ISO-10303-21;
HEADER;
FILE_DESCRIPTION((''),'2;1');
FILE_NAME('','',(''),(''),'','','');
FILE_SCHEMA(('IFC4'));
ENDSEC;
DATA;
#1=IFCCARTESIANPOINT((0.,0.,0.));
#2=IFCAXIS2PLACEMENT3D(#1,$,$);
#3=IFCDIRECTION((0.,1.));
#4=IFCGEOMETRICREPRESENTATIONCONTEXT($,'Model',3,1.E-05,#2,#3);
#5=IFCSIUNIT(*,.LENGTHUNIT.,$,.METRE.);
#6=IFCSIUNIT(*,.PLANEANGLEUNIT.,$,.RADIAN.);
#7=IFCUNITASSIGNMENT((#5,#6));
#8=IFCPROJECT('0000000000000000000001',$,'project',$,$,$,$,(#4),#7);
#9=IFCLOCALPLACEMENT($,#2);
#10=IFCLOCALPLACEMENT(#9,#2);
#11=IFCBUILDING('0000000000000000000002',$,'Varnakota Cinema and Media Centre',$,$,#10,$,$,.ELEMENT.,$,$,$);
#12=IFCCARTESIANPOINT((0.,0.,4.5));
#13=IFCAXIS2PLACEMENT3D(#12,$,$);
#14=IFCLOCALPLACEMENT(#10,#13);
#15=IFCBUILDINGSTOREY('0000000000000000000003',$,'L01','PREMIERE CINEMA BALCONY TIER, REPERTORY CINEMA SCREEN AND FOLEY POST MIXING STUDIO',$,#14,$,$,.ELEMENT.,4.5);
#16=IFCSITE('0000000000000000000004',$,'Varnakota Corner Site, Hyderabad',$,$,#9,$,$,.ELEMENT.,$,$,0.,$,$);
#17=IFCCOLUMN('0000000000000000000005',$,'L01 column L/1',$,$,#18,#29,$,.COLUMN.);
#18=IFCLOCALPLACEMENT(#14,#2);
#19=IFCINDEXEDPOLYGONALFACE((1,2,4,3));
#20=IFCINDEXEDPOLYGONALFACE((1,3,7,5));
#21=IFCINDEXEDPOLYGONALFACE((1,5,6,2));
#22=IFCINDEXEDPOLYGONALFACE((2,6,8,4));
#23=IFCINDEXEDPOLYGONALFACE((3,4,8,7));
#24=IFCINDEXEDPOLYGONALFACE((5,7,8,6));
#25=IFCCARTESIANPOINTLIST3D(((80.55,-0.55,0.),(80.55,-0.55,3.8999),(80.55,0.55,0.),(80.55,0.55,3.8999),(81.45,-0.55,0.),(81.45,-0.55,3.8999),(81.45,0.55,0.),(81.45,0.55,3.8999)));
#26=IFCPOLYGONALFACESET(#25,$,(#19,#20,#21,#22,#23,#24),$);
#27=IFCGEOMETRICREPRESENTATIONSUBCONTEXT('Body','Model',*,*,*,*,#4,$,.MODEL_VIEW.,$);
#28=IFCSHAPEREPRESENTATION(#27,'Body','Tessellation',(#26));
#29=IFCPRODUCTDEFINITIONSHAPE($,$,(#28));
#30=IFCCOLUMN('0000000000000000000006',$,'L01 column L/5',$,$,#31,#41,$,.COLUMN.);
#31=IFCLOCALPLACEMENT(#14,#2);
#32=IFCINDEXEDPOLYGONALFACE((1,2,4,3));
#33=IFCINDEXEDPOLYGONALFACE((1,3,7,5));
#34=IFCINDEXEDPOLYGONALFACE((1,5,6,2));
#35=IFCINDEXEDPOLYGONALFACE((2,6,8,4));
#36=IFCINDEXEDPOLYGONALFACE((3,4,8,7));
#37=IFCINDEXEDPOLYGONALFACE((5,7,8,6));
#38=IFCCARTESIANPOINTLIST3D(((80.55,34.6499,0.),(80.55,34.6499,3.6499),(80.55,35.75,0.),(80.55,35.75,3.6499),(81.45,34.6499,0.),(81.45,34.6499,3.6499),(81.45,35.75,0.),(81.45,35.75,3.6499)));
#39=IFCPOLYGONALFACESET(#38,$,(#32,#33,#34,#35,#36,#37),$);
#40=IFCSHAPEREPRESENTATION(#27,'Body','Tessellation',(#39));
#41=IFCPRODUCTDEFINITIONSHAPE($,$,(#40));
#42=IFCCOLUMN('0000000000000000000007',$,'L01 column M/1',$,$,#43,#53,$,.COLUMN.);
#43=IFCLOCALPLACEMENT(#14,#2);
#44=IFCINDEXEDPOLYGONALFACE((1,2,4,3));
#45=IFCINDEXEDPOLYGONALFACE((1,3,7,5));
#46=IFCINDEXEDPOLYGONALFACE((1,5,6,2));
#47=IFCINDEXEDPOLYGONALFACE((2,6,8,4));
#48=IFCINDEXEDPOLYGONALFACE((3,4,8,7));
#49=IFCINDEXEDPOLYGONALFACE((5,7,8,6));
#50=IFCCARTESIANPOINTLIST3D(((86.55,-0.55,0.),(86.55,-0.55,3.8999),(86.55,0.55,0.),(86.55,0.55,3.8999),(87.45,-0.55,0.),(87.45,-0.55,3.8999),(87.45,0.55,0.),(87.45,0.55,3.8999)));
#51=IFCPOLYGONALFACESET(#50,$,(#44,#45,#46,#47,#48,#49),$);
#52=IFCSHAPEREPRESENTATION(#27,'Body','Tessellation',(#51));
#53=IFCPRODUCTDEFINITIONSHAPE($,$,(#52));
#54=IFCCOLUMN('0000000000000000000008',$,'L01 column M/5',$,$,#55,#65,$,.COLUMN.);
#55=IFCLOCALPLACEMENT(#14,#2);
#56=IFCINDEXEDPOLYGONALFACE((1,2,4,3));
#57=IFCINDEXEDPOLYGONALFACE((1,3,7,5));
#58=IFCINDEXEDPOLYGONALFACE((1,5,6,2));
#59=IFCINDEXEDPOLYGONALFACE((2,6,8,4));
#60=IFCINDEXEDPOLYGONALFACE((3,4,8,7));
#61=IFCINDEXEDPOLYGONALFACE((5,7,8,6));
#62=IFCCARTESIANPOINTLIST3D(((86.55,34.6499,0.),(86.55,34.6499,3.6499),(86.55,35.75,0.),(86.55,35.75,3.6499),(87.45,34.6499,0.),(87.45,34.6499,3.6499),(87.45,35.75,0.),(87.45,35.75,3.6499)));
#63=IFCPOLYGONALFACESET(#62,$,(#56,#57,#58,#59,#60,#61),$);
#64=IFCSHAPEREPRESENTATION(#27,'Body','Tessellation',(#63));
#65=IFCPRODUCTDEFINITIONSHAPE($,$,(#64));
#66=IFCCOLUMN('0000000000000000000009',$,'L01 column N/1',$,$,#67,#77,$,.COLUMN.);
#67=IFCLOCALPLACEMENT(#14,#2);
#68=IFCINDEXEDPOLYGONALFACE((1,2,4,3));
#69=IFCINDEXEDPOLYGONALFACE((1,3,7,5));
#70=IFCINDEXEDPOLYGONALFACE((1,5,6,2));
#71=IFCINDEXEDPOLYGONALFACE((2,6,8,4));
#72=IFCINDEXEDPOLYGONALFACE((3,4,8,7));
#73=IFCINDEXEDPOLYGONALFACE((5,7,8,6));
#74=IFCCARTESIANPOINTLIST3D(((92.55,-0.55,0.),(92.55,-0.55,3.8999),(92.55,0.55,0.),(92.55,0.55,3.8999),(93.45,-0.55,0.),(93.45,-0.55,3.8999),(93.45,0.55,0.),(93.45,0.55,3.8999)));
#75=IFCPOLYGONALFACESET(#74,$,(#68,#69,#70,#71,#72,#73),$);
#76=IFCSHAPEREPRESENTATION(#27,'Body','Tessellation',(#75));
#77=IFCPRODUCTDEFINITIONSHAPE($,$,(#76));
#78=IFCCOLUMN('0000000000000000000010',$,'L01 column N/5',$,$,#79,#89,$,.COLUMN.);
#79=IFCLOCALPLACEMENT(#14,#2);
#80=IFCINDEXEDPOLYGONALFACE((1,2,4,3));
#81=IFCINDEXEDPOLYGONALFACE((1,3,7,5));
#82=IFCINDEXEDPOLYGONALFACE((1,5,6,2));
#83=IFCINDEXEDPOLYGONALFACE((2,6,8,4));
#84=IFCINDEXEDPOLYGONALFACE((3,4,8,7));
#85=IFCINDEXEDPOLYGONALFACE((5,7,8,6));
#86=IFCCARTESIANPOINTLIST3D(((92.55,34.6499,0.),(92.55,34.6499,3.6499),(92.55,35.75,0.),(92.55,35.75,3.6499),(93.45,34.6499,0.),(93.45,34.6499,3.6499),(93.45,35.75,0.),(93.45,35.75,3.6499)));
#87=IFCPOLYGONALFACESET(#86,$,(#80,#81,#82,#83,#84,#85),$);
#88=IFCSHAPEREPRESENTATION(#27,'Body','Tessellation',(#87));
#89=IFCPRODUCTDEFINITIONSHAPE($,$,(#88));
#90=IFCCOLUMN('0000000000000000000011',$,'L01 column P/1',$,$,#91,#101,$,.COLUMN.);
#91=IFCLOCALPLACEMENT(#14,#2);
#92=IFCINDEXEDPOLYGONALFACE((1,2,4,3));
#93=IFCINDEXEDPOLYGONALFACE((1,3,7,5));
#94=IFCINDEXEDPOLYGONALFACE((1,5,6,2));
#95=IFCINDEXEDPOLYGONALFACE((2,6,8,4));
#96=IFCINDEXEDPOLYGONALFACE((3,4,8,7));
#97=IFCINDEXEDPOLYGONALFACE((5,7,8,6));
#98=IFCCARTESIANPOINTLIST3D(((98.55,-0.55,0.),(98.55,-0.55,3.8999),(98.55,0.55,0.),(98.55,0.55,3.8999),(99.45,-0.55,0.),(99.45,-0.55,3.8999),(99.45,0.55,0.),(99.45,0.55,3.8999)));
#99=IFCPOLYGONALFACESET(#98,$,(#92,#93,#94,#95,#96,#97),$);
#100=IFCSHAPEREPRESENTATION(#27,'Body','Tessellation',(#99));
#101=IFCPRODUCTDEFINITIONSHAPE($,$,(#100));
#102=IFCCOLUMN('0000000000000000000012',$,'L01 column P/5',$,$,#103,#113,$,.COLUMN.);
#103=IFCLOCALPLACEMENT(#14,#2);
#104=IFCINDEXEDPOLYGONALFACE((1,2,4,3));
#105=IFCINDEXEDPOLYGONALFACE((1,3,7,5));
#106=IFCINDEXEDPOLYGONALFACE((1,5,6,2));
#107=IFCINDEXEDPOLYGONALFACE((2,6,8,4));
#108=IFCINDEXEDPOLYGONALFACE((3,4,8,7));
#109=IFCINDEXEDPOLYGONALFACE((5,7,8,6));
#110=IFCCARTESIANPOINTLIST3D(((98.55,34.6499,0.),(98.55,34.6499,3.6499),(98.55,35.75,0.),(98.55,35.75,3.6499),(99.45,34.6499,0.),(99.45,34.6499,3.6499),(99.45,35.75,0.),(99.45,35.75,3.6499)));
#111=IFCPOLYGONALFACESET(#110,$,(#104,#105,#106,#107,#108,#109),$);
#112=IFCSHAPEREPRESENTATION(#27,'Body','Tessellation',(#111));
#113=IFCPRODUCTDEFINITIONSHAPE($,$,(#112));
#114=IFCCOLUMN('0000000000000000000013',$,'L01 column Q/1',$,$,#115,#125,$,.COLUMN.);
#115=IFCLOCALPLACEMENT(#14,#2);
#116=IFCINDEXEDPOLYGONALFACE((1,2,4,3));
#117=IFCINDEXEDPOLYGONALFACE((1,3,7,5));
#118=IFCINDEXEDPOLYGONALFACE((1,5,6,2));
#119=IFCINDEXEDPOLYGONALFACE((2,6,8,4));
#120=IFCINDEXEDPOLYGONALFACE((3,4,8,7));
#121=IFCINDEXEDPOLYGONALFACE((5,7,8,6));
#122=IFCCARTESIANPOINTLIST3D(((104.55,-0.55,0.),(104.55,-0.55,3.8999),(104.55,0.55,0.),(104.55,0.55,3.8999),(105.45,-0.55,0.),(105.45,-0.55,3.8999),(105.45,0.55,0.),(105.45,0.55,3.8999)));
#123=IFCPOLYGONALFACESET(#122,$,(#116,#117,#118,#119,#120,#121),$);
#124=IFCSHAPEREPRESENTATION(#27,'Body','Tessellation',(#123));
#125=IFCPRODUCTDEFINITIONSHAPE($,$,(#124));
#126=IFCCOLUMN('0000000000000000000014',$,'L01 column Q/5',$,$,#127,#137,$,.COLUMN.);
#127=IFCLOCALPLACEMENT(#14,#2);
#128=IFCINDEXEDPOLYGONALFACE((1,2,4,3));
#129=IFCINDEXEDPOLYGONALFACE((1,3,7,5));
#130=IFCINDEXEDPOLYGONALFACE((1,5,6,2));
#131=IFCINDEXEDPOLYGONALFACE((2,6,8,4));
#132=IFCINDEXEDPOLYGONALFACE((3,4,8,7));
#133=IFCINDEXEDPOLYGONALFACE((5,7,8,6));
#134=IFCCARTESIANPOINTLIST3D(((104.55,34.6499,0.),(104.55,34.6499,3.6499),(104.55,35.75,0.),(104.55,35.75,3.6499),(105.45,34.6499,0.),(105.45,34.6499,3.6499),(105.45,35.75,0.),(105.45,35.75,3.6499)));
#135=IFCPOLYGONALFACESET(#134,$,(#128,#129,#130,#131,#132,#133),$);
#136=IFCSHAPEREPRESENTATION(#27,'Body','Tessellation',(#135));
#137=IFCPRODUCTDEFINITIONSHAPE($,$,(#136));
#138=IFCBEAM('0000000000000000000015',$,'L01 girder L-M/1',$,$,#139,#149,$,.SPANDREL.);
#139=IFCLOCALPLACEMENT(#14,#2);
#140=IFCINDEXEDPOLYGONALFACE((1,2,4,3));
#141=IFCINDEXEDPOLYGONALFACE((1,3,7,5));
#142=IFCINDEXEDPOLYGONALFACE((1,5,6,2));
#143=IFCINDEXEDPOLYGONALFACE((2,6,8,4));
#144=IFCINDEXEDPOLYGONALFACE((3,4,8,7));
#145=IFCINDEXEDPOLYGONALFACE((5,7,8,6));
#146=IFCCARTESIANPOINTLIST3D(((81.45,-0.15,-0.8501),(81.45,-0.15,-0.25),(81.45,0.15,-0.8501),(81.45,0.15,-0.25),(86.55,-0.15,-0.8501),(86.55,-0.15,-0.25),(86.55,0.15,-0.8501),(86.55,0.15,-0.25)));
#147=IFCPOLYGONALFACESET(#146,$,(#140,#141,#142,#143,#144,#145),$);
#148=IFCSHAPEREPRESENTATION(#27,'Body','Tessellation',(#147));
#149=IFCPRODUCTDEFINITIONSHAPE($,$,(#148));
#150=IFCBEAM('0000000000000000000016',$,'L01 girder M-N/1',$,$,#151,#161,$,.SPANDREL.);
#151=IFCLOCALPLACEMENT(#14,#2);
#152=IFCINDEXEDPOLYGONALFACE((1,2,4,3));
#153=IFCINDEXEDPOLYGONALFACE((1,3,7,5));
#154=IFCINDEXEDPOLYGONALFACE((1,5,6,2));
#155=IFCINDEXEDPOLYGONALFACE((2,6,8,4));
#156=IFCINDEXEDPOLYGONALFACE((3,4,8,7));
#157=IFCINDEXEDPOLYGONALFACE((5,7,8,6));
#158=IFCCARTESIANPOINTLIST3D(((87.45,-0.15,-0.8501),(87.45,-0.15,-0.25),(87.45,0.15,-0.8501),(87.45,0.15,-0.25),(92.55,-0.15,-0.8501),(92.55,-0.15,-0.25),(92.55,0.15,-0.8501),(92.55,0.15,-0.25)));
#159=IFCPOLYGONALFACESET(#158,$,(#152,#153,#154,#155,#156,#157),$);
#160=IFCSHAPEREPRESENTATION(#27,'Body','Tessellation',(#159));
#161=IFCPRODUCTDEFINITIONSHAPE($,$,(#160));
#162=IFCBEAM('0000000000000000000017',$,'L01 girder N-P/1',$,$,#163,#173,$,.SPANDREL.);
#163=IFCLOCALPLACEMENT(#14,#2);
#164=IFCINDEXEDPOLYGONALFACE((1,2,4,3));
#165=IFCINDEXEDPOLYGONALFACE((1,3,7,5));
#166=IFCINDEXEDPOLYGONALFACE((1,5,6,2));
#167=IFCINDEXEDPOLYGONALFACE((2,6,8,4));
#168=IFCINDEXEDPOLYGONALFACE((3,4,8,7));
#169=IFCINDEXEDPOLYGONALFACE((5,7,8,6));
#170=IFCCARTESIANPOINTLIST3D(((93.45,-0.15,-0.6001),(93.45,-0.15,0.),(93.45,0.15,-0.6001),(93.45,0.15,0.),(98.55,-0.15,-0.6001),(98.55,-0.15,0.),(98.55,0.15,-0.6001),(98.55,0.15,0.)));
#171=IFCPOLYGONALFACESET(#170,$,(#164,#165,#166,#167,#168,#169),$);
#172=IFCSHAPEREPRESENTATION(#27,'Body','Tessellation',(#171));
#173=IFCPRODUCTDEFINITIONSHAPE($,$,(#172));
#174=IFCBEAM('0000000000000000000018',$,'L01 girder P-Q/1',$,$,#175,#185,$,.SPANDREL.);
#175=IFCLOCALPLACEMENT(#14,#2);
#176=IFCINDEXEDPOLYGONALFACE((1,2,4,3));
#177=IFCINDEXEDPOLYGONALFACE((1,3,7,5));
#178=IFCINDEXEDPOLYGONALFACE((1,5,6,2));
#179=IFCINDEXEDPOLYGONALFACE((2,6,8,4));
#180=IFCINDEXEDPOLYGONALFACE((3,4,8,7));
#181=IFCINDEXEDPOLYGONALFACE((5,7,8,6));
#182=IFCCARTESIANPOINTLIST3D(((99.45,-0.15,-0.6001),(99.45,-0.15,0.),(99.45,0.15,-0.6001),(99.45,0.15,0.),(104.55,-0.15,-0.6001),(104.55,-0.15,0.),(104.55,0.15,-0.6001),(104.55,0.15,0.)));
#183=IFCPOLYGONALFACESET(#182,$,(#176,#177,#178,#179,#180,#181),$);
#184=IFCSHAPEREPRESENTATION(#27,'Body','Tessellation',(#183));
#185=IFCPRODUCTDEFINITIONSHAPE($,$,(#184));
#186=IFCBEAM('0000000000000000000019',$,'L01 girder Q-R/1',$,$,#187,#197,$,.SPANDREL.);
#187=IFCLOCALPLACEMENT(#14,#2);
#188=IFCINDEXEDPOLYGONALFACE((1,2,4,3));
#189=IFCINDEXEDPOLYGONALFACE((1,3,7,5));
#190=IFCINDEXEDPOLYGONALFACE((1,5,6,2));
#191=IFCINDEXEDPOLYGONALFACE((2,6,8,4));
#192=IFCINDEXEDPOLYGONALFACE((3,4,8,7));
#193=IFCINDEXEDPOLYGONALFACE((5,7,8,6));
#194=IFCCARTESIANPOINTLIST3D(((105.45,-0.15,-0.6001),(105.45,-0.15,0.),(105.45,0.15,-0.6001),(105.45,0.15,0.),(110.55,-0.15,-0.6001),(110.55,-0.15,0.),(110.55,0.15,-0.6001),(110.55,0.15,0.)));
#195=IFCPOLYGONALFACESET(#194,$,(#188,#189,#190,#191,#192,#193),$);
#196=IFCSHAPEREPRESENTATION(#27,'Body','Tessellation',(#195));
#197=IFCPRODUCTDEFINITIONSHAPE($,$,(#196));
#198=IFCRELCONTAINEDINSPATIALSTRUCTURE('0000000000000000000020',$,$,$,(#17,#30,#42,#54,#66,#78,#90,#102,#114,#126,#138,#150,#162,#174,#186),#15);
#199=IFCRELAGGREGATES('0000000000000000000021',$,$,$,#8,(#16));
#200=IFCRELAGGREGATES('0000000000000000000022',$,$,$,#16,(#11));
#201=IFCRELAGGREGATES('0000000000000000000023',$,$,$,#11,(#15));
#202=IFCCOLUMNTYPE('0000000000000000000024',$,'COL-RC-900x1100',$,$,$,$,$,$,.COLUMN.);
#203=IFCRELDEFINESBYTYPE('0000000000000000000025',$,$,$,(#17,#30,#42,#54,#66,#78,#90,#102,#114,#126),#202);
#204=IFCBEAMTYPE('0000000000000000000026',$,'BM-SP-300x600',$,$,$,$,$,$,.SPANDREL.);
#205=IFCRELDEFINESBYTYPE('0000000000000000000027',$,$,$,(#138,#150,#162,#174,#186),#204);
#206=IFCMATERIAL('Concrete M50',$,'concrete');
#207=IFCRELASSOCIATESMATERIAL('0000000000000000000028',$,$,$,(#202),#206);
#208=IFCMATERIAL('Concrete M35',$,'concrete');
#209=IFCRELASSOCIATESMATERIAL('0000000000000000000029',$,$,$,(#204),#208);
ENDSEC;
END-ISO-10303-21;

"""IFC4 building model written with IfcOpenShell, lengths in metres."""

from ifc_helpers import new_model, si_unit, direction, frame, origin, origin_2d, place, context, subcontext, project, spatial, rectangle, extrude, material, material_profile, profile_set, type_object, element, save


model = new_model("IFC4")

# Units and contexts
model_context = context("Model", 3, precision=1e-05, world=origin(), true_north=direction((0.0, 1.0)))
body_context = subcontext(model_context, "Body", "Model", "MODEL_VIEW")
ifc_project = project(units=[si_unit("LENGTHUNIT", "METRE"), si_unit("PLANEANGLEUNIT", "RADIAN")], contexts=[model_context])

# Site, building, storey
site_placement = place(None, origin())
site = spatial("IfcSite", under=ifc_project, at=site_placement, Name="Varnakota Corner Site, Hyderabad", CompositionType="ELEMENT", RefElevation=0.0)
building_placement = place(site_placement, origin())
building = spatial("IfcBuilding", under=site, at=building_placement, Name="Varnakota Cinema and Media Centre", CompositionType="ELEMENT")
storey_placement = place(building_placement, frame((0.0, 0.0, 4.5)))
storey = spatial("IfcBuildingStorey", under=building, at=storey_placement, Name="L01", Description="PREMIERE CINEMA BALCONY TIER, REPERTORY CINEMA SCREEN AND FOLEY POST MIXING STUDIO", CompositionType="ELEMENT", Elevation=4.5)

# Columns
ifc_material_1 = material(Name="Concrete M50", Category="concrete")
ifc_material_profile_1 = material_profile(ifc_material_1, rectangle(XDim=0.8999, YDim=1.1001, at=origin_2d()), Name="RC 900x1100")
ifc_profile_set_1 = profile_set([ifc_material_profile_1], Name="Concrete M50")
column_type = type_object("IfcColumnType", Name="COL-RC-900x1100", PredefinedType="COLUMN", material=ifc_profile_set_1)
column_1_placement = place(storey_placement, frame((81.0, 0.0, 0.0), z_axis=(0.0, 0.0, 1.0), x_axis=(1.0, 0.0, 0.0)))
element("IfcColumn", 1, at=column_1_placement, inside=storey, type_object=column_type, Name="L01 column L/1", PredefinedType="COLUMN", context=body_context, shape_type="SweptSolid", body=[
    extrude(rectangle(XDim=0.8999, YDim=1.1001, at=origin_2d()), origin(), (0.0, 0.0, 1.0), 3.8999),
])
column_2_placement = place(storey_placement, frame((81.0, 35.2, 0.0), z_axis=(0.0, 0.0, 1.0), x_axis=(1.0, 0.0, 0.0)))
element("IfcColumn", 2, at=column_2_placement, inside=storey, type_object=column_type, Name="L01 column L/5", PredefinedType="COLUMN", context=body_context, shape_type="SweptSolid", body=[
    extrude(rectangle(XDim=0.8999, YDim=1.1001, at=origin_2d()), origin(), (0.0, 0.0, 1.0), 3.6499),
])
column_3_placement = place(storey_placement, frame((87.0, 0.0, 0.0), z_axis=(0.0, 0.0, 1.0), x_axis=(1.0, 0.0, 0.0)))
element("IfcColumn", 3, at=column_3_placement, inside=storey, type_object=column_type, Name="L01 column M/1", PredefinedType="COLUMN", context=body_context, shape_type="SweptSolid", body=[
    extrude(rectangle(XDim=0.8999, YDim=1.1001, at=origin_2d()), origin(), (0.0, 0.0, 1.0), 3.8999),
])
column_4_placement = place(storey_placement, frame((87.0, 35.2, 0.0), z_axis=(0.0, 0.0, 1.0), x_axis=(1.0, 0.0, 0.0)))
element("IfcColumn", 4, at=column_4_placement, inside=storey, type_object=column_type, Name="L01 column M/5", PredefinedType="COLUMN", context=body_context, shape_type="SweptSolid", body=[
    extrude(rectangle(XDim=0.8999, YDim=1.1001, at=origin_2d()), origin(), (0.0, 0.0, 1.0), 3.6499),
])
column_5_placement = place(storey_placement, frame((93.0, 0.0, 0.0), z_axis=(0.0, 0.0, 1.0), x_axis=(1.0, 0.0, 0.0)))
element("IfcColumn", 5, at=column_5_placement, inside=storey, type_object=column_type, Name="L01 column N/1", PredefinedType="COLUMN", context=body_context, shape_type="SweptSolid", body=[
    extrude(rectangle(XDim=0.8999, YDim=1.1001, at=origin_2d()), origin(), (0.0, 0.0, 1.0), 3.8999),
])
column_6_placement = place(storey_placement, frame((93.0, 35.2, 0.0), z_axis=(0.0, 0.0, 1.0), x_axis=(1.0, 0.0, 0.0)))
element("IfcColumn", 6, at=column_6_placement, inside=storey, type_object=column_type, Name="L01 column N/5", PredefinedType="COLUMN", context=body_context, shape_type="SweptSolid", body=[
    extrude(rectangle(XDim=0.8999, YDim=1.1001, at=origin_2d()), origin(), (0.0, 0.0, 1.0), 3.6499),
])
column_7_placement = place(storey_placement, frame((99.0, 0.0, 0.0), z_axis=(0.0, 0.0, 1.0), x_axis=(1.0, 0.0, 0.0)))
element("IfcColumn", 7, at=column_7_placement, inside=storey, type_object=column_type, Name="L01 column P/1", PredefinedType="COLUMN", context=body_context, shape_type="SweptSolid", body=[
    extrude(rectangle(XDim=0.8999, YDim=1.1001, at=origin_2d()), origin(), (0.0, 0.0, 1.0), 3.8999),
])
column_8_placement = place(storey_placement, frame((99.0, 35.2, 0.0), z_axis=(0.0, 0.0, 1.0), x_axis=(1.0, 0.0, 0.0)))
element("IfcColumn", 8, at=column_8_placement, inside=storey, type_object=column_type, Name="L01 column P/5", PredefinedType="COLUMN", context=body_context, shape_type="SweptSolid", body=[
    extrude(rectangle(XDim=0.8999, YDim=1.1001, at=origin_2d()), origin(), (0.0, 0.0, 1.0), 3.6499),
])
column_9_placement = place(storey_placement, frame((105.0, 0.0, 0.0), z_axis=(0.0, 0.0, 1.0), x_axis=(1.0, 0.0, 0.0)))
element("IfcColumn", 9, at=column_9_placement, inside=storey, type_object=column_type, Name="L01 column Q/1", PredefinedType="COLUMN", context=body_context, shape_type="SweptSolid", body=[
    extrude(rectangle(XDim=0.8999, YDim=1.1001, at=origin_2d()), origin(), (0.0, 0.0, 1.0), 3.8999),
])
column_10_placement = place(storey_placement, frame((105.0, 35.2, 0.0), z_axis=(0.0, 0.0, 1.0), x_axis=(1.0, 0.0, 0.0)))
element("IfcColumn", 10, at=column_10_placement, inside=storey, type_object=column_type, Name="L01 column Q/5", PredefinedType="COLUMN", context=body_context, shape_type="SweptSolid", body=[
    extrude(rectangle(XDim=0.8999, YDim=1.1001, at=origin_2d()), origin(), (0.0, 0.0, 1.0), 3.6499),
])

# Beams
ifc_material_2 = material(Name="Concrete M35", Category="concrete")
ifc_material_profile_2 = material_profile(ifc_material_2, rectangle(XDim=0.3, YDim=0.6001, at=origin_2d()), Name="RCB 300x600")
ifc_profile_set_2 = profile_set([ifc_material_profile_2], Name="Concrete M35")
beam_type_1 = type_object("IfcBeamType", Name="BM-SP-300x600", PredefinedType="SPANDREL", material=ifc_profile_set_2)
for number, where, z_axis, x_axis, name in (
    (11, (81.45, 0.0, -0.55), (1.0, 0.0, 0.0), (0.0, 1.0, 0.0), "L01 girder L-M/1"),
    (12, (87.45, 0.0, -0.55), (1.0, 0.0, 0.0), (0.0, 1.0, 0.0), "L01 girder M-N/1"),
    (13, (93.45, 0.0, -0.3), (1.0, 0.0, 0.0), (0.0, 1.0, 0.0), "L01 girder N-P/1"),
    (14, (99.45, 0.0, -0.3), (1.0, 0.0, 0.0), (0.0, 1.0, 0.0), "L01 girder P-Q/1"),
    (15, (105.45, 0.0, -0.3), (1.0, 0.0, 0.0), (0.0, 1.0, 0.0), "L01 girder Q-R/1"),
):
    element("IfcBeam", number, at=place(storey_placement, frame(where, z_axis=z_axis, x_axis=x_axis)), inside=storey, type_object=beam_type_1, Name=name, PredefinedType="SPANDREL", context=body_context, shape_type="SweptSolid", body=[
        extrude(rectangle(XDim=0.3, YDim=0.6001, at=origin_2d()), origin(), (0.0, 0.0, 1.0), 5.1001),
    ])

save(model, "model.ifc")
